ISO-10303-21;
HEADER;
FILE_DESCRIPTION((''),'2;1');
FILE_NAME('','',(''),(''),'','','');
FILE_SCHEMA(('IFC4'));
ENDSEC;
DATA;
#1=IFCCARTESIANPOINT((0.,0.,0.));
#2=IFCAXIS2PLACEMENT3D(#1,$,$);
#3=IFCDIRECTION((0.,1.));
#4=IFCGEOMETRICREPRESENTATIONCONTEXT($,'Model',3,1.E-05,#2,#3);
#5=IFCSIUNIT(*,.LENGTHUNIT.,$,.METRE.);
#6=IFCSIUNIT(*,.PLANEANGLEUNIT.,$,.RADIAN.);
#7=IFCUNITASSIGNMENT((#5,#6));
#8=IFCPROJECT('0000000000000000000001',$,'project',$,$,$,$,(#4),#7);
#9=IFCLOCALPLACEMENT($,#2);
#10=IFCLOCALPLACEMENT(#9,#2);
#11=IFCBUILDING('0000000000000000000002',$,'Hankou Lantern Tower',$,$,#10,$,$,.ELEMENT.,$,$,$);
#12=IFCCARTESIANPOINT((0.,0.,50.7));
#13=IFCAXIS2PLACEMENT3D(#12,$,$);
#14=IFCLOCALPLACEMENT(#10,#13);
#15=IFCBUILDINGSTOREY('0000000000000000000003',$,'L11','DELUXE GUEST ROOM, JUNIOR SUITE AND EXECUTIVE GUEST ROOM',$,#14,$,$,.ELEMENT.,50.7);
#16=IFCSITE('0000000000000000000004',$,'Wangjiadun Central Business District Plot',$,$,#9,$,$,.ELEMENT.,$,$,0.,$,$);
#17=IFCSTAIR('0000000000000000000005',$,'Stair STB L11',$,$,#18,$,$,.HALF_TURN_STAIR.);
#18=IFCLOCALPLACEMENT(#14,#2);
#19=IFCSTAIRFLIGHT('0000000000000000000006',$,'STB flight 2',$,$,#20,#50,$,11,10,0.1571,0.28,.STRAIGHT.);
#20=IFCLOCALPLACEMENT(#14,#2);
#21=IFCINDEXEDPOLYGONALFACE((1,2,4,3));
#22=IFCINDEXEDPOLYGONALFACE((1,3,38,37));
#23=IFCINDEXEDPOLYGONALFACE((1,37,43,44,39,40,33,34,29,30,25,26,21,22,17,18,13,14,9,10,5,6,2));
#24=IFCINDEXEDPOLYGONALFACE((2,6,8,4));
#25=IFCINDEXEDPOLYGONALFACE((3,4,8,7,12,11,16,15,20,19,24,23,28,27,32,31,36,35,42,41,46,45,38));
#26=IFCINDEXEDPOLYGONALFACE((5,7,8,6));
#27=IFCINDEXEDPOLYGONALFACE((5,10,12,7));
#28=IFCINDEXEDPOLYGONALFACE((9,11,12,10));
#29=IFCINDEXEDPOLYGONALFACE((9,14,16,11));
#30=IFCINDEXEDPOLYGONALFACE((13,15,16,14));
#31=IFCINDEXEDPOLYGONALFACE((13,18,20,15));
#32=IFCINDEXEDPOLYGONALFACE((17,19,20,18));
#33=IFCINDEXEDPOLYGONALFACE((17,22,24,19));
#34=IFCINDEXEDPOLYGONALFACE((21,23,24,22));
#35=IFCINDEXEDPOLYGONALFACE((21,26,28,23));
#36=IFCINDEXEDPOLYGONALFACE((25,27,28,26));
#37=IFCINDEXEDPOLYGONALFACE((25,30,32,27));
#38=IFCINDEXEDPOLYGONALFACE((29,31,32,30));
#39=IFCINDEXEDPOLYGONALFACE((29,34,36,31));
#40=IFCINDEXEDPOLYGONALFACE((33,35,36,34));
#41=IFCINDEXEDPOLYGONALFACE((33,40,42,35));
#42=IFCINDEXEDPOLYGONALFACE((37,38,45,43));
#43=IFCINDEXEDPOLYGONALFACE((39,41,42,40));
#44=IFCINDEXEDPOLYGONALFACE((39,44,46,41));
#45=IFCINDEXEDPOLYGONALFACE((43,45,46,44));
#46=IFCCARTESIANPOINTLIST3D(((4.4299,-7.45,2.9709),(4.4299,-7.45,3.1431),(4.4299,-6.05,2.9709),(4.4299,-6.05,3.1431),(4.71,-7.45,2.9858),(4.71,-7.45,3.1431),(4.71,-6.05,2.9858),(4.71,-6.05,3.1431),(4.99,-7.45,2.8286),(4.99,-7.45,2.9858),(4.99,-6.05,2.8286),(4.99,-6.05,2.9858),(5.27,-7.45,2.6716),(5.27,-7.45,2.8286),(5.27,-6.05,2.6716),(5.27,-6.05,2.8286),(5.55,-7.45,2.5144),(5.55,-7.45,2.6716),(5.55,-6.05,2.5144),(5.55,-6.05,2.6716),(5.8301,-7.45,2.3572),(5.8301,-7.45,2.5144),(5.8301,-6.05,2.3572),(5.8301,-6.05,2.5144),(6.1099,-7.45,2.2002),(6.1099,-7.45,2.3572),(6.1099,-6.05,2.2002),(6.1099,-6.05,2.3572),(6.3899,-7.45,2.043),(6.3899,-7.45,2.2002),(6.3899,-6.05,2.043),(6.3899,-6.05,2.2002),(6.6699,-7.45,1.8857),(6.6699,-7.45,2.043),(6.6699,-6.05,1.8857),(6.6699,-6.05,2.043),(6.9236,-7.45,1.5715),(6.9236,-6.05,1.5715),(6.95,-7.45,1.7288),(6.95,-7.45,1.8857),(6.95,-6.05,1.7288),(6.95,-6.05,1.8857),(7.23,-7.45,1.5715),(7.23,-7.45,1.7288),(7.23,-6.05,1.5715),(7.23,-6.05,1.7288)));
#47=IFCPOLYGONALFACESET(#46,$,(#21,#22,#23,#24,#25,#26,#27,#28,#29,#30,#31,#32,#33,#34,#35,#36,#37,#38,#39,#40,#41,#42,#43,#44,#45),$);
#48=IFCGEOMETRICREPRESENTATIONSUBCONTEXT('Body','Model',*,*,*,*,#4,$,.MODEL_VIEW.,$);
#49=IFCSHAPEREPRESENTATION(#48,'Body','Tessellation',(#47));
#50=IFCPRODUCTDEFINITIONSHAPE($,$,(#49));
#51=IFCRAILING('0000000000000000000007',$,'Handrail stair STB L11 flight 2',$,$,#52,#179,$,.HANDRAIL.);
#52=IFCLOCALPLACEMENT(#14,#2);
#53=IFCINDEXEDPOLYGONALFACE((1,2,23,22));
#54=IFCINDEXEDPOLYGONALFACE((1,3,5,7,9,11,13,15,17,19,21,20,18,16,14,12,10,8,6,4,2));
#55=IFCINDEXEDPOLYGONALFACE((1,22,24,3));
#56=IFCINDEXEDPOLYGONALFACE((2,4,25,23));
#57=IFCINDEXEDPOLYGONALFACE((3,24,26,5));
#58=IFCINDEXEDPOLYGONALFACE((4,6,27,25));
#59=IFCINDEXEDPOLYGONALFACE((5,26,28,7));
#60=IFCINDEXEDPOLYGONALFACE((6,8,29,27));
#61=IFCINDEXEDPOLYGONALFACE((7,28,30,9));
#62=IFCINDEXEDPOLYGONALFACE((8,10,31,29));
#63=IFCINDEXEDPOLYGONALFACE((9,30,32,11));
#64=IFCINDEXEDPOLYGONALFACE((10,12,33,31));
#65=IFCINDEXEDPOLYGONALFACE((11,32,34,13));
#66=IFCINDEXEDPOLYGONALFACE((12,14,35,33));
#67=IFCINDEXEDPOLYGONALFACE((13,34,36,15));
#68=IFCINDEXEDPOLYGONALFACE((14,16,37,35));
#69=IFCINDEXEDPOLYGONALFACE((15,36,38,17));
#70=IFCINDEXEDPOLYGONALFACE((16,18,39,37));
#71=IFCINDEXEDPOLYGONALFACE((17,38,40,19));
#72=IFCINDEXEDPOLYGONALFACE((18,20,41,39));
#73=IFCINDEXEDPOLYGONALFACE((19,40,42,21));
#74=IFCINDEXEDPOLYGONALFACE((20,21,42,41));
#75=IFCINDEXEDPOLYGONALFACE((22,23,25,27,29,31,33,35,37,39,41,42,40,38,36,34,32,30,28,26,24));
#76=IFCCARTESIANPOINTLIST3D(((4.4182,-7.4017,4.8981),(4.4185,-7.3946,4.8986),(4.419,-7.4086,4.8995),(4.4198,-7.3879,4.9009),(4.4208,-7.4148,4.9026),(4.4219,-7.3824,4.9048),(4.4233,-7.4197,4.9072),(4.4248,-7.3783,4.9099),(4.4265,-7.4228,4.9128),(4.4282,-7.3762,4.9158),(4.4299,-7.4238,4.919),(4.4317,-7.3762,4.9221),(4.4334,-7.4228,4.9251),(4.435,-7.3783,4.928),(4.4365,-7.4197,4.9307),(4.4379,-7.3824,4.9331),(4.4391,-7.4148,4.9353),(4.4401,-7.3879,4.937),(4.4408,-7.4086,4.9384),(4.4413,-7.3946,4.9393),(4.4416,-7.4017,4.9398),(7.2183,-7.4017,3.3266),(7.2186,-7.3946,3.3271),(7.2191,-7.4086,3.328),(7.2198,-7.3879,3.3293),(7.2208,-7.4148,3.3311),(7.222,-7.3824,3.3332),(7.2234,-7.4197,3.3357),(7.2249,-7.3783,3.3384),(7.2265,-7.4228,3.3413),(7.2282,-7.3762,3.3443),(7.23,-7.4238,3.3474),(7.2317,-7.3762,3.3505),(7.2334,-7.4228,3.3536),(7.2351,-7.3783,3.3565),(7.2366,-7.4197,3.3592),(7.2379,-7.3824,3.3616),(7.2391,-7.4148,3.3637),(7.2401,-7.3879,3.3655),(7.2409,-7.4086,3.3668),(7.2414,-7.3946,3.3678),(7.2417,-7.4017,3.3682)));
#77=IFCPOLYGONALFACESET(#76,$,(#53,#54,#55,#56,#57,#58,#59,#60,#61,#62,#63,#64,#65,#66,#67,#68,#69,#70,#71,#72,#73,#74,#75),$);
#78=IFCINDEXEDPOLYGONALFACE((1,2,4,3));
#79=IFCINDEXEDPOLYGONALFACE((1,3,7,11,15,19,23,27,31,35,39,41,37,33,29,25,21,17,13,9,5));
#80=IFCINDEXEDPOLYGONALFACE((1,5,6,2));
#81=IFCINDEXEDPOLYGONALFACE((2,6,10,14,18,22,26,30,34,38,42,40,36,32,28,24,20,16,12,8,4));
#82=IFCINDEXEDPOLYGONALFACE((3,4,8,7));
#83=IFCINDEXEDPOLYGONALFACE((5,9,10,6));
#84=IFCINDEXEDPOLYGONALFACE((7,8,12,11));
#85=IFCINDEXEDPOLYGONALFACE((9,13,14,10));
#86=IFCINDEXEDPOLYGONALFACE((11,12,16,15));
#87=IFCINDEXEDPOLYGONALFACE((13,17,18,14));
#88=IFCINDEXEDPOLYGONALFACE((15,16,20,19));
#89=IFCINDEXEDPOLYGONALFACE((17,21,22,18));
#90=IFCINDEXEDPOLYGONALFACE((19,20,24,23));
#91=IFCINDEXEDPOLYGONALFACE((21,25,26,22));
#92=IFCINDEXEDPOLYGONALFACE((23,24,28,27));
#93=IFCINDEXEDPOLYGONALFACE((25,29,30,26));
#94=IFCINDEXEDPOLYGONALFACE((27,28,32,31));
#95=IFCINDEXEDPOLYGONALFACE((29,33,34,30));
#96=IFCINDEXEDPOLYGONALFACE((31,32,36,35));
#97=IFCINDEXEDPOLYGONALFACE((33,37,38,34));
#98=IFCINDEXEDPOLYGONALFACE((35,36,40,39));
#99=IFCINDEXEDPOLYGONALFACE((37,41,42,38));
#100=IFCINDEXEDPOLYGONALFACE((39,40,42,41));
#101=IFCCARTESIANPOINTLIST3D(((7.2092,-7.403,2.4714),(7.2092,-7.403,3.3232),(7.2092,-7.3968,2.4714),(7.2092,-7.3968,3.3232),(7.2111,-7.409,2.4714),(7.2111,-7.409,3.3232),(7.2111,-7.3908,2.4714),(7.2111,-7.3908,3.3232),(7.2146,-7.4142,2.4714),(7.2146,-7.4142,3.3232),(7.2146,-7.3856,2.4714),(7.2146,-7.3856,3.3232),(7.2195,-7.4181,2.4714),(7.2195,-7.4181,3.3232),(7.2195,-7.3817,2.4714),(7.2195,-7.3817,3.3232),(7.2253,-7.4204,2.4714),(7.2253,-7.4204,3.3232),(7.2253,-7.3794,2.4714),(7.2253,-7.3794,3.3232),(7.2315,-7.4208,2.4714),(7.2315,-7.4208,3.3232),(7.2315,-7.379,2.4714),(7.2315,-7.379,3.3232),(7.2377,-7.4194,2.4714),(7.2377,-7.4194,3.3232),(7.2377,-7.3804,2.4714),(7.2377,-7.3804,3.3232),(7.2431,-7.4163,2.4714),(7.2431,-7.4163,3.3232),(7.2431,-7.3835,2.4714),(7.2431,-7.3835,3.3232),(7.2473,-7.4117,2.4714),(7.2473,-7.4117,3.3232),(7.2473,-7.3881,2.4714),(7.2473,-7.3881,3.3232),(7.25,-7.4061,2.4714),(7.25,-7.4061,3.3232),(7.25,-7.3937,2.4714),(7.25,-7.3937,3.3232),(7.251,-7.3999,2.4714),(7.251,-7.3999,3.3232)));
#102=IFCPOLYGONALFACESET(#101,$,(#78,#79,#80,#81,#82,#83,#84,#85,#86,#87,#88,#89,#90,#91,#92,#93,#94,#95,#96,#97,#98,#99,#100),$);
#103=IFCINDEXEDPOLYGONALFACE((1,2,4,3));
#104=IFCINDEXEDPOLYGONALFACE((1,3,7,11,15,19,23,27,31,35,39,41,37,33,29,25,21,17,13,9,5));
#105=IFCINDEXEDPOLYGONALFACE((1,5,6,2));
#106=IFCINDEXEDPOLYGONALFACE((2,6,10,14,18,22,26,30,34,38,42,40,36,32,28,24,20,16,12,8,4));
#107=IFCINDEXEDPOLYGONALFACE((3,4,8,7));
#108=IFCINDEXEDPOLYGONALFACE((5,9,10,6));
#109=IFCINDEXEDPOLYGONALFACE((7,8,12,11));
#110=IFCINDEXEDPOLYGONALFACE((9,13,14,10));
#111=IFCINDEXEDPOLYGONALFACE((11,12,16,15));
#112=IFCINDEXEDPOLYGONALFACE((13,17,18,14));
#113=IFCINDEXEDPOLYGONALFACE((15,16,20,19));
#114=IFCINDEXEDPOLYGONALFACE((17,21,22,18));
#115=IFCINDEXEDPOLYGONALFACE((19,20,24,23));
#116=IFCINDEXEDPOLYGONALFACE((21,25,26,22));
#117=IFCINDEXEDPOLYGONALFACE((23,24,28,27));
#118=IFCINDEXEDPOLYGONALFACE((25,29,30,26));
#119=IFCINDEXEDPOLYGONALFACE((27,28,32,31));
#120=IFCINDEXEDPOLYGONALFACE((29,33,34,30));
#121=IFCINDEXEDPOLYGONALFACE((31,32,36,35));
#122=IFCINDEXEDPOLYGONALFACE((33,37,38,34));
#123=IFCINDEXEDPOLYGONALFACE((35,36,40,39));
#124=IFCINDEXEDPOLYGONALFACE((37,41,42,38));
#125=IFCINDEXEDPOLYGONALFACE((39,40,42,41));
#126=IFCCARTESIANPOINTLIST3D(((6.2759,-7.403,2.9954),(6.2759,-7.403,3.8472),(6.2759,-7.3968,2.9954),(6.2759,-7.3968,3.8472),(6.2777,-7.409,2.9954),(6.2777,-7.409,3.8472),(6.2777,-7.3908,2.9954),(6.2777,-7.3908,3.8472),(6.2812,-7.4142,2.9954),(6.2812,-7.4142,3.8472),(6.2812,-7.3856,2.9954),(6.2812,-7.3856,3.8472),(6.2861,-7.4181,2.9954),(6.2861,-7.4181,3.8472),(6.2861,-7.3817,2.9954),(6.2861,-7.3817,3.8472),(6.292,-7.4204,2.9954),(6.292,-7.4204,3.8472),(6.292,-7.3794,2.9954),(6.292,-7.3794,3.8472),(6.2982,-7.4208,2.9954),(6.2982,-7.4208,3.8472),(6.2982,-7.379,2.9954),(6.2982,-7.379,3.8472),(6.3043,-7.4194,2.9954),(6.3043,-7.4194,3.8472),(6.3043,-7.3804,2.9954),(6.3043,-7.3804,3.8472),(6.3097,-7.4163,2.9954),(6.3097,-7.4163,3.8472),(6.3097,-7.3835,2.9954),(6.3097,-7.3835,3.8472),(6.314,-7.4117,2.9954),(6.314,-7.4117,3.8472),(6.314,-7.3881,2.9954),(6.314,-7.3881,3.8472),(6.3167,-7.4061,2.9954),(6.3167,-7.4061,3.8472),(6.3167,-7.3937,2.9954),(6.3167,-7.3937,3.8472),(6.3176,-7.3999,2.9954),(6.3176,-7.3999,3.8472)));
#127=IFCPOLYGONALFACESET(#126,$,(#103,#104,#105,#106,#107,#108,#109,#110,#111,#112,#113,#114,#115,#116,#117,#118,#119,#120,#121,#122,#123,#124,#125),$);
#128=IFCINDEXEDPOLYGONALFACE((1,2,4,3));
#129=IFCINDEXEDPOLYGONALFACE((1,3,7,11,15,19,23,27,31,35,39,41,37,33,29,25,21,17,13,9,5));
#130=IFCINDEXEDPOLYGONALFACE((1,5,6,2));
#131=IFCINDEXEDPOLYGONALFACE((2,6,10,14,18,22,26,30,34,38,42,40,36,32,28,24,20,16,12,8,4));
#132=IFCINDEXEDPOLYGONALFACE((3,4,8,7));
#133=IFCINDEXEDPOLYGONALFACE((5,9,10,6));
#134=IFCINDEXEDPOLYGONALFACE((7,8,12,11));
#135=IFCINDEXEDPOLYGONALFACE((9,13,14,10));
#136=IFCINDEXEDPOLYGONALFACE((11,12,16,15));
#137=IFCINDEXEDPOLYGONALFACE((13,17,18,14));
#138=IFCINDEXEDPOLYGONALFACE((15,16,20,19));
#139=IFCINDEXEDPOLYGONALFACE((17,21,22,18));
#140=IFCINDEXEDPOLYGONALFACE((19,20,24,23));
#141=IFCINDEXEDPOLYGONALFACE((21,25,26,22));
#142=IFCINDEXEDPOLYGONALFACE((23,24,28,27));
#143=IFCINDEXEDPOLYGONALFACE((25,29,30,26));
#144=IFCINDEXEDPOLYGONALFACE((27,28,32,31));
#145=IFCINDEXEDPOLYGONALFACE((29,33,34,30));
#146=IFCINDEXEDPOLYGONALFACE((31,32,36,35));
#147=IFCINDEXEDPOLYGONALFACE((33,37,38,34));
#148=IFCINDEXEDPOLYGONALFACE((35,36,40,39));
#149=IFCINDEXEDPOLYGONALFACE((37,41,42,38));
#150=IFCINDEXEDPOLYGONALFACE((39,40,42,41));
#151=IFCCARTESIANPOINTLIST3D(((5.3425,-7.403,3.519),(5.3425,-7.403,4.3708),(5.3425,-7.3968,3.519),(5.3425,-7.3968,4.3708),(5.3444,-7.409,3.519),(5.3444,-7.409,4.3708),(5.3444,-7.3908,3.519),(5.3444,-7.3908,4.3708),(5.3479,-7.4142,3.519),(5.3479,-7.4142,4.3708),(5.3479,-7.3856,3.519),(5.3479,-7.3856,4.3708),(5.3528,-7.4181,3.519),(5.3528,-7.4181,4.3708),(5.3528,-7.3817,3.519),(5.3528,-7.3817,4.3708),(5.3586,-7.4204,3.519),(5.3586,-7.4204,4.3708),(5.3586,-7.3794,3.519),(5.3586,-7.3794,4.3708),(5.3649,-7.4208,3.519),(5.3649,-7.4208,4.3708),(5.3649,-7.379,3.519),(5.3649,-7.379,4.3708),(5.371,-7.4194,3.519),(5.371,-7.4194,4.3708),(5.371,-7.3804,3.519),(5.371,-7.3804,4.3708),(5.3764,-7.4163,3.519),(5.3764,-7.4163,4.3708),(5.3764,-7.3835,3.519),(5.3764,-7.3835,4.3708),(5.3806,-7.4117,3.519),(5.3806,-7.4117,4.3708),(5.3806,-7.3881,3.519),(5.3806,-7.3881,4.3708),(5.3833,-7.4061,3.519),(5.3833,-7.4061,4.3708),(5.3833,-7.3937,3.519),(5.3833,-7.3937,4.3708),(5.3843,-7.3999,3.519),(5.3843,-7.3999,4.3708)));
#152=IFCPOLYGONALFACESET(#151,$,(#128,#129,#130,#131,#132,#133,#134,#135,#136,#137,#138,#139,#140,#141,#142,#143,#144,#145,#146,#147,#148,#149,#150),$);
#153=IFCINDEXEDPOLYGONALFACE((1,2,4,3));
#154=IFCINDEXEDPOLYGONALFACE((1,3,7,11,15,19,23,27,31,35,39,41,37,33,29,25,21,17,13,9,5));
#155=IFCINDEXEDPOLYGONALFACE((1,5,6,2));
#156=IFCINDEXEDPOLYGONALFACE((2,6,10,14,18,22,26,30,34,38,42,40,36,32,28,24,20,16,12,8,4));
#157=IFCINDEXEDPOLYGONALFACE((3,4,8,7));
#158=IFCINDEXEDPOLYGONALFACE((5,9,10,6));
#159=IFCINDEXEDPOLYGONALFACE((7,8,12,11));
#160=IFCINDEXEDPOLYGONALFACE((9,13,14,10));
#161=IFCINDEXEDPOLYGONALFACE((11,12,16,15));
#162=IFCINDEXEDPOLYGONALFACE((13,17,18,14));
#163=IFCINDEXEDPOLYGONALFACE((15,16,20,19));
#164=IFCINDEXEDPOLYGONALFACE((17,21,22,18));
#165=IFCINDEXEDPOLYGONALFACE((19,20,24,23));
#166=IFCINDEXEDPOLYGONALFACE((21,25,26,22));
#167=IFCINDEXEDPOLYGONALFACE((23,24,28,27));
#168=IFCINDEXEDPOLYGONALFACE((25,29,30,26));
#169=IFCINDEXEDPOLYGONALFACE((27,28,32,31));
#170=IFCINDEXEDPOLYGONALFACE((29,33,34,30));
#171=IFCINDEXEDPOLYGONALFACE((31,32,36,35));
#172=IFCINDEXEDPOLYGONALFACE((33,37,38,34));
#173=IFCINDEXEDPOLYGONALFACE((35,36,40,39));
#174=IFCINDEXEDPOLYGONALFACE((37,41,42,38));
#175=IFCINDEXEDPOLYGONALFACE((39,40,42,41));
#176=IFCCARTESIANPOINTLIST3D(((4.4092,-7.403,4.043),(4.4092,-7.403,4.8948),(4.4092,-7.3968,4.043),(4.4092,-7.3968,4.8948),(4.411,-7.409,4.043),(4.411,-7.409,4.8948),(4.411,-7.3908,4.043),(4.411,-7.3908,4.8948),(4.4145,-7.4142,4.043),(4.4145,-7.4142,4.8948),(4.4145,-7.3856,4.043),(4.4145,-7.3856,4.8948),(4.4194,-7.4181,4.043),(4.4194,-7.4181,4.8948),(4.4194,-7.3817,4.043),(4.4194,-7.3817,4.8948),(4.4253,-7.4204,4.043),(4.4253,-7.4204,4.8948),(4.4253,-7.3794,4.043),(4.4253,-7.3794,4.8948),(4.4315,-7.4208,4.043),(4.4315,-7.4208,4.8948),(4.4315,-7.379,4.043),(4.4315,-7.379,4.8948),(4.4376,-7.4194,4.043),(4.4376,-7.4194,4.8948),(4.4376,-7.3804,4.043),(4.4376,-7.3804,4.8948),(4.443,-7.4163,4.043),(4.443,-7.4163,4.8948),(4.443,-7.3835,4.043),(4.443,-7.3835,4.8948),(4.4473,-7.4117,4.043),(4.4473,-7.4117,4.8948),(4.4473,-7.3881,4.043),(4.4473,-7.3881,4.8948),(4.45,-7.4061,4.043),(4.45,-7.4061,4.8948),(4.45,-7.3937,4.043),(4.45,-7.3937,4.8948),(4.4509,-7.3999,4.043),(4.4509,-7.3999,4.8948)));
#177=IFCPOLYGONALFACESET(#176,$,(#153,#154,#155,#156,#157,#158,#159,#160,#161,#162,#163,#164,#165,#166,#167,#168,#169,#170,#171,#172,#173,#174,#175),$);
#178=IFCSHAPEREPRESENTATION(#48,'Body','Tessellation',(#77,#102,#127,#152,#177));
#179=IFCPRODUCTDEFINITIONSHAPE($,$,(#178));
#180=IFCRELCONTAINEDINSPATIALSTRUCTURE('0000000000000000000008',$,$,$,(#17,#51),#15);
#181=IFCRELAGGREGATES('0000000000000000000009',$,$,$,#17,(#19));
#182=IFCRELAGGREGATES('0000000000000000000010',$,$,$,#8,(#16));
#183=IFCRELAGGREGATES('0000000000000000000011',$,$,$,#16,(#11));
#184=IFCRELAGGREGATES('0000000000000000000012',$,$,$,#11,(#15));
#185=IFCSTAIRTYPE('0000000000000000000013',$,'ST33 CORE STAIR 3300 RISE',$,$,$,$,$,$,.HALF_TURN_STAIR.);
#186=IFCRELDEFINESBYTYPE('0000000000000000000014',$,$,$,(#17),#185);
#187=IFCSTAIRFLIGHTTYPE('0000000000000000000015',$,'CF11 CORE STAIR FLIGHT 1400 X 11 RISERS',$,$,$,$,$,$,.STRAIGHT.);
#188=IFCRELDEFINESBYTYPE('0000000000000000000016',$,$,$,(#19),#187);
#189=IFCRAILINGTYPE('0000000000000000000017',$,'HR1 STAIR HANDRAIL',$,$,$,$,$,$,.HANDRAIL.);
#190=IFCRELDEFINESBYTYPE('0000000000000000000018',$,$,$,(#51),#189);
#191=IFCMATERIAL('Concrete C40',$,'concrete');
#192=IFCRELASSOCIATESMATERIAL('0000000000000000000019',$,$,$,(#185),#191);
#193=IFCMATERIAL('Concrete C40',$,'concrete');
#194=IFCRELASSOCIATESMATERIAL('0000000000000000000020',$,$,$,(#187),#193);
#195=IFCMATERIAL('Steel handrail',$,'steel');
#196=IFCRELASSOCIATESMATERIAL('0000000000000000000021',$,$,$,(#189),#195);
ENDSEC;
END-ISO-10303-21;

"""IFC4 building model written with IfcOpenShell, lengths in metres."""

from ifc_helpers import new_model, si_unit, direction, frame, origin, origin_2d, place, context, subcontext, project, spatial, polyline, circle, outline, extrude, material, type_object, element, aggregate, save


model = new_model("IFC4")

# Units and contexts
model_context = context("Model", 3, precision=1e-05, world=origin(), true_north=direction((0.0, 1.0)))
body_context = subcontext(model_context, "Body", "Model", "MODEL_VIEW")
ifc_project = project(units=[si_unit("LENGTHUNIT", "METRE"), si_unit("PLANEANGLEUNIT", "RADIAN")], contexts=[model_context])

# Site, building, storey
site_placement = place(None, origin())
site = spatial("IfcSite", under=ifc_project, at=site_placement, Name="Wangjiadun Central Business District Plot", CompositionType="ELEMENT", RefElevation=0.0)
building_placement = place(site_placement, origin())
building = spatial("IfcBuilding", under=site, at=building_placement, Name="Hankou Lantern Tower", CompositionType="ELEMENT")
storey_placement = place(building_placement, frame((0.0, 0.0, 50.7)))
storey = spatial("IfcBuildingStorey", under=building, at=storey_placement, Name="L11", Description="DELUXE GUEST ROOM, JUNIOR SUITE AND EXECUTIVE GUEST ROOM", CompositionType="ELEMENT", Elevation=50.7)

# Stair, stair flight
ifc_material_1 = material(Name="Concrete C40", Category="concrete")
stair_type = type_object("IfcStairType", Name="ST33 CORE STAIR 3300 RISE", PredefinedType="HALF_TURN_STAIR", material=ifc_material_1)
stair_placement = place(storey_placement, origin())
stair = element("IfcStair", 1, at=stair_placement, inside=storey, type_object=stair_type, Name="Stair STB L11", PredefinedType="HALF_TURN_STAIR")
ifc_material_2 = material(Name="Concrete C40", Category="concrete")
stair_flight_type_1 = type_object("IfcStairFlightType", Name="CF11 CORE STAIR FLIGHT 1400 X 11 RISERS", PredefinedType="STRAIGHT", material=ifc_material_2)
stair_flight_1_placement = place(storey_placement, frame((7.23, -6.75, 1.5715), z_axis=(0.0, 0.0, 1.0), x_axis=(-1.0, 0.0, 0.0)))
stair_flight_1 = element("IfcStairFlight", 2, at=stair_flight_1_placement, type_object=stair_flight_type_1, Name="STB flight 2", NumberOfRisers=11, NumberOfTreads=10, PredefinedType="STRAIGHT", RiserHeight=0.1571, TreadLength=0.28, context=body_context, shape_type="SweptSolid", body=[
    extrude(outline(polyline([(0.0, 0.0), (0.0, 0.1572), (0.28, 0.1572), (0.28, 0.3142), (0.5601, 0.3142), (0.5601, 0.4714), (0.8401, 0.4714), (0.8401, 0.6287), (1.1201, 0.6287), (1.1201, 0.7856), (1.3999, 0.7856), (1.3999, 0.9429), (1.6799, 0.9429), (1.6799, 1.1001), (1.96, 1.1001), (1.96, 1.2571), (2.24, 1.2571), (2.24, 1.4143), (2.52, 1.4143), (2.52, 1.5715), (2.8, 1.5715), (2.8, 1.7285), (2.8, 1.3994), (0.3064, 0.0), (0.0, 0.0)])), frame((0.0, 0.7, 0.0), z_axis=(0.0, -1.0, 0.0), x_axis=(1.0, 0.0, 0.0)), (0.0, 0.0, 1.0), 1.3999),
])
aggregate(stair, [stair_flight_1])

# Railing
ifc_material_3 = material(Name="Steel handrail", Category="steel")
railing_type = type_object("IfcRailingType", Name="HR1 STAIR HANDRAIL", PredefinedType="HANDRAIL", material=ifc_material_3)
railing_placement = place(storey_placement, frame((7.23, -7.3999, 2.4714)))
element("IfcRailing", 3, at=railing_placement, inside=storey, type_object=railing_type, Name="Handrail stair STB L11 flight 2", PredefinedType="HANDRAIL", context=body_context, shape_type="SweptSolid", body=[
    extrude(circle(Radius=0.0239, at=origin_2d()), frame((0.0, 0.0, 0.876), z_axis=(-0.87204, 0.0, 0.489434), x_axis=(0.0, -1.0, 0.0)), (0.0, 0.0, 1.0), 3.2109),
    extrude(circle(Radius=0.021, at=origin_2d()), origin(), (0.0, 0.0, 1.0), 0.8518),
    extrude(circle(Radius=0.021, at=origin_2d()), frame((-0.9333, 0.0, 0.5239)), (0.0, 0.0, 1.0), 0.8518),
    extrude(circle(Radius=0.021, at=origin_2d()), frame((-1.8667, 0.0, 1.0476)), (0.0, 0.0, 1.0), 0.8518),
    extrude(circle(Radius=0.021, at=origin_2d()), frame((-2.8, 0.0, 1.5715)), (0.0, 0.0, 1.0), 0.8518),
])

save(model, "model.ifc")
